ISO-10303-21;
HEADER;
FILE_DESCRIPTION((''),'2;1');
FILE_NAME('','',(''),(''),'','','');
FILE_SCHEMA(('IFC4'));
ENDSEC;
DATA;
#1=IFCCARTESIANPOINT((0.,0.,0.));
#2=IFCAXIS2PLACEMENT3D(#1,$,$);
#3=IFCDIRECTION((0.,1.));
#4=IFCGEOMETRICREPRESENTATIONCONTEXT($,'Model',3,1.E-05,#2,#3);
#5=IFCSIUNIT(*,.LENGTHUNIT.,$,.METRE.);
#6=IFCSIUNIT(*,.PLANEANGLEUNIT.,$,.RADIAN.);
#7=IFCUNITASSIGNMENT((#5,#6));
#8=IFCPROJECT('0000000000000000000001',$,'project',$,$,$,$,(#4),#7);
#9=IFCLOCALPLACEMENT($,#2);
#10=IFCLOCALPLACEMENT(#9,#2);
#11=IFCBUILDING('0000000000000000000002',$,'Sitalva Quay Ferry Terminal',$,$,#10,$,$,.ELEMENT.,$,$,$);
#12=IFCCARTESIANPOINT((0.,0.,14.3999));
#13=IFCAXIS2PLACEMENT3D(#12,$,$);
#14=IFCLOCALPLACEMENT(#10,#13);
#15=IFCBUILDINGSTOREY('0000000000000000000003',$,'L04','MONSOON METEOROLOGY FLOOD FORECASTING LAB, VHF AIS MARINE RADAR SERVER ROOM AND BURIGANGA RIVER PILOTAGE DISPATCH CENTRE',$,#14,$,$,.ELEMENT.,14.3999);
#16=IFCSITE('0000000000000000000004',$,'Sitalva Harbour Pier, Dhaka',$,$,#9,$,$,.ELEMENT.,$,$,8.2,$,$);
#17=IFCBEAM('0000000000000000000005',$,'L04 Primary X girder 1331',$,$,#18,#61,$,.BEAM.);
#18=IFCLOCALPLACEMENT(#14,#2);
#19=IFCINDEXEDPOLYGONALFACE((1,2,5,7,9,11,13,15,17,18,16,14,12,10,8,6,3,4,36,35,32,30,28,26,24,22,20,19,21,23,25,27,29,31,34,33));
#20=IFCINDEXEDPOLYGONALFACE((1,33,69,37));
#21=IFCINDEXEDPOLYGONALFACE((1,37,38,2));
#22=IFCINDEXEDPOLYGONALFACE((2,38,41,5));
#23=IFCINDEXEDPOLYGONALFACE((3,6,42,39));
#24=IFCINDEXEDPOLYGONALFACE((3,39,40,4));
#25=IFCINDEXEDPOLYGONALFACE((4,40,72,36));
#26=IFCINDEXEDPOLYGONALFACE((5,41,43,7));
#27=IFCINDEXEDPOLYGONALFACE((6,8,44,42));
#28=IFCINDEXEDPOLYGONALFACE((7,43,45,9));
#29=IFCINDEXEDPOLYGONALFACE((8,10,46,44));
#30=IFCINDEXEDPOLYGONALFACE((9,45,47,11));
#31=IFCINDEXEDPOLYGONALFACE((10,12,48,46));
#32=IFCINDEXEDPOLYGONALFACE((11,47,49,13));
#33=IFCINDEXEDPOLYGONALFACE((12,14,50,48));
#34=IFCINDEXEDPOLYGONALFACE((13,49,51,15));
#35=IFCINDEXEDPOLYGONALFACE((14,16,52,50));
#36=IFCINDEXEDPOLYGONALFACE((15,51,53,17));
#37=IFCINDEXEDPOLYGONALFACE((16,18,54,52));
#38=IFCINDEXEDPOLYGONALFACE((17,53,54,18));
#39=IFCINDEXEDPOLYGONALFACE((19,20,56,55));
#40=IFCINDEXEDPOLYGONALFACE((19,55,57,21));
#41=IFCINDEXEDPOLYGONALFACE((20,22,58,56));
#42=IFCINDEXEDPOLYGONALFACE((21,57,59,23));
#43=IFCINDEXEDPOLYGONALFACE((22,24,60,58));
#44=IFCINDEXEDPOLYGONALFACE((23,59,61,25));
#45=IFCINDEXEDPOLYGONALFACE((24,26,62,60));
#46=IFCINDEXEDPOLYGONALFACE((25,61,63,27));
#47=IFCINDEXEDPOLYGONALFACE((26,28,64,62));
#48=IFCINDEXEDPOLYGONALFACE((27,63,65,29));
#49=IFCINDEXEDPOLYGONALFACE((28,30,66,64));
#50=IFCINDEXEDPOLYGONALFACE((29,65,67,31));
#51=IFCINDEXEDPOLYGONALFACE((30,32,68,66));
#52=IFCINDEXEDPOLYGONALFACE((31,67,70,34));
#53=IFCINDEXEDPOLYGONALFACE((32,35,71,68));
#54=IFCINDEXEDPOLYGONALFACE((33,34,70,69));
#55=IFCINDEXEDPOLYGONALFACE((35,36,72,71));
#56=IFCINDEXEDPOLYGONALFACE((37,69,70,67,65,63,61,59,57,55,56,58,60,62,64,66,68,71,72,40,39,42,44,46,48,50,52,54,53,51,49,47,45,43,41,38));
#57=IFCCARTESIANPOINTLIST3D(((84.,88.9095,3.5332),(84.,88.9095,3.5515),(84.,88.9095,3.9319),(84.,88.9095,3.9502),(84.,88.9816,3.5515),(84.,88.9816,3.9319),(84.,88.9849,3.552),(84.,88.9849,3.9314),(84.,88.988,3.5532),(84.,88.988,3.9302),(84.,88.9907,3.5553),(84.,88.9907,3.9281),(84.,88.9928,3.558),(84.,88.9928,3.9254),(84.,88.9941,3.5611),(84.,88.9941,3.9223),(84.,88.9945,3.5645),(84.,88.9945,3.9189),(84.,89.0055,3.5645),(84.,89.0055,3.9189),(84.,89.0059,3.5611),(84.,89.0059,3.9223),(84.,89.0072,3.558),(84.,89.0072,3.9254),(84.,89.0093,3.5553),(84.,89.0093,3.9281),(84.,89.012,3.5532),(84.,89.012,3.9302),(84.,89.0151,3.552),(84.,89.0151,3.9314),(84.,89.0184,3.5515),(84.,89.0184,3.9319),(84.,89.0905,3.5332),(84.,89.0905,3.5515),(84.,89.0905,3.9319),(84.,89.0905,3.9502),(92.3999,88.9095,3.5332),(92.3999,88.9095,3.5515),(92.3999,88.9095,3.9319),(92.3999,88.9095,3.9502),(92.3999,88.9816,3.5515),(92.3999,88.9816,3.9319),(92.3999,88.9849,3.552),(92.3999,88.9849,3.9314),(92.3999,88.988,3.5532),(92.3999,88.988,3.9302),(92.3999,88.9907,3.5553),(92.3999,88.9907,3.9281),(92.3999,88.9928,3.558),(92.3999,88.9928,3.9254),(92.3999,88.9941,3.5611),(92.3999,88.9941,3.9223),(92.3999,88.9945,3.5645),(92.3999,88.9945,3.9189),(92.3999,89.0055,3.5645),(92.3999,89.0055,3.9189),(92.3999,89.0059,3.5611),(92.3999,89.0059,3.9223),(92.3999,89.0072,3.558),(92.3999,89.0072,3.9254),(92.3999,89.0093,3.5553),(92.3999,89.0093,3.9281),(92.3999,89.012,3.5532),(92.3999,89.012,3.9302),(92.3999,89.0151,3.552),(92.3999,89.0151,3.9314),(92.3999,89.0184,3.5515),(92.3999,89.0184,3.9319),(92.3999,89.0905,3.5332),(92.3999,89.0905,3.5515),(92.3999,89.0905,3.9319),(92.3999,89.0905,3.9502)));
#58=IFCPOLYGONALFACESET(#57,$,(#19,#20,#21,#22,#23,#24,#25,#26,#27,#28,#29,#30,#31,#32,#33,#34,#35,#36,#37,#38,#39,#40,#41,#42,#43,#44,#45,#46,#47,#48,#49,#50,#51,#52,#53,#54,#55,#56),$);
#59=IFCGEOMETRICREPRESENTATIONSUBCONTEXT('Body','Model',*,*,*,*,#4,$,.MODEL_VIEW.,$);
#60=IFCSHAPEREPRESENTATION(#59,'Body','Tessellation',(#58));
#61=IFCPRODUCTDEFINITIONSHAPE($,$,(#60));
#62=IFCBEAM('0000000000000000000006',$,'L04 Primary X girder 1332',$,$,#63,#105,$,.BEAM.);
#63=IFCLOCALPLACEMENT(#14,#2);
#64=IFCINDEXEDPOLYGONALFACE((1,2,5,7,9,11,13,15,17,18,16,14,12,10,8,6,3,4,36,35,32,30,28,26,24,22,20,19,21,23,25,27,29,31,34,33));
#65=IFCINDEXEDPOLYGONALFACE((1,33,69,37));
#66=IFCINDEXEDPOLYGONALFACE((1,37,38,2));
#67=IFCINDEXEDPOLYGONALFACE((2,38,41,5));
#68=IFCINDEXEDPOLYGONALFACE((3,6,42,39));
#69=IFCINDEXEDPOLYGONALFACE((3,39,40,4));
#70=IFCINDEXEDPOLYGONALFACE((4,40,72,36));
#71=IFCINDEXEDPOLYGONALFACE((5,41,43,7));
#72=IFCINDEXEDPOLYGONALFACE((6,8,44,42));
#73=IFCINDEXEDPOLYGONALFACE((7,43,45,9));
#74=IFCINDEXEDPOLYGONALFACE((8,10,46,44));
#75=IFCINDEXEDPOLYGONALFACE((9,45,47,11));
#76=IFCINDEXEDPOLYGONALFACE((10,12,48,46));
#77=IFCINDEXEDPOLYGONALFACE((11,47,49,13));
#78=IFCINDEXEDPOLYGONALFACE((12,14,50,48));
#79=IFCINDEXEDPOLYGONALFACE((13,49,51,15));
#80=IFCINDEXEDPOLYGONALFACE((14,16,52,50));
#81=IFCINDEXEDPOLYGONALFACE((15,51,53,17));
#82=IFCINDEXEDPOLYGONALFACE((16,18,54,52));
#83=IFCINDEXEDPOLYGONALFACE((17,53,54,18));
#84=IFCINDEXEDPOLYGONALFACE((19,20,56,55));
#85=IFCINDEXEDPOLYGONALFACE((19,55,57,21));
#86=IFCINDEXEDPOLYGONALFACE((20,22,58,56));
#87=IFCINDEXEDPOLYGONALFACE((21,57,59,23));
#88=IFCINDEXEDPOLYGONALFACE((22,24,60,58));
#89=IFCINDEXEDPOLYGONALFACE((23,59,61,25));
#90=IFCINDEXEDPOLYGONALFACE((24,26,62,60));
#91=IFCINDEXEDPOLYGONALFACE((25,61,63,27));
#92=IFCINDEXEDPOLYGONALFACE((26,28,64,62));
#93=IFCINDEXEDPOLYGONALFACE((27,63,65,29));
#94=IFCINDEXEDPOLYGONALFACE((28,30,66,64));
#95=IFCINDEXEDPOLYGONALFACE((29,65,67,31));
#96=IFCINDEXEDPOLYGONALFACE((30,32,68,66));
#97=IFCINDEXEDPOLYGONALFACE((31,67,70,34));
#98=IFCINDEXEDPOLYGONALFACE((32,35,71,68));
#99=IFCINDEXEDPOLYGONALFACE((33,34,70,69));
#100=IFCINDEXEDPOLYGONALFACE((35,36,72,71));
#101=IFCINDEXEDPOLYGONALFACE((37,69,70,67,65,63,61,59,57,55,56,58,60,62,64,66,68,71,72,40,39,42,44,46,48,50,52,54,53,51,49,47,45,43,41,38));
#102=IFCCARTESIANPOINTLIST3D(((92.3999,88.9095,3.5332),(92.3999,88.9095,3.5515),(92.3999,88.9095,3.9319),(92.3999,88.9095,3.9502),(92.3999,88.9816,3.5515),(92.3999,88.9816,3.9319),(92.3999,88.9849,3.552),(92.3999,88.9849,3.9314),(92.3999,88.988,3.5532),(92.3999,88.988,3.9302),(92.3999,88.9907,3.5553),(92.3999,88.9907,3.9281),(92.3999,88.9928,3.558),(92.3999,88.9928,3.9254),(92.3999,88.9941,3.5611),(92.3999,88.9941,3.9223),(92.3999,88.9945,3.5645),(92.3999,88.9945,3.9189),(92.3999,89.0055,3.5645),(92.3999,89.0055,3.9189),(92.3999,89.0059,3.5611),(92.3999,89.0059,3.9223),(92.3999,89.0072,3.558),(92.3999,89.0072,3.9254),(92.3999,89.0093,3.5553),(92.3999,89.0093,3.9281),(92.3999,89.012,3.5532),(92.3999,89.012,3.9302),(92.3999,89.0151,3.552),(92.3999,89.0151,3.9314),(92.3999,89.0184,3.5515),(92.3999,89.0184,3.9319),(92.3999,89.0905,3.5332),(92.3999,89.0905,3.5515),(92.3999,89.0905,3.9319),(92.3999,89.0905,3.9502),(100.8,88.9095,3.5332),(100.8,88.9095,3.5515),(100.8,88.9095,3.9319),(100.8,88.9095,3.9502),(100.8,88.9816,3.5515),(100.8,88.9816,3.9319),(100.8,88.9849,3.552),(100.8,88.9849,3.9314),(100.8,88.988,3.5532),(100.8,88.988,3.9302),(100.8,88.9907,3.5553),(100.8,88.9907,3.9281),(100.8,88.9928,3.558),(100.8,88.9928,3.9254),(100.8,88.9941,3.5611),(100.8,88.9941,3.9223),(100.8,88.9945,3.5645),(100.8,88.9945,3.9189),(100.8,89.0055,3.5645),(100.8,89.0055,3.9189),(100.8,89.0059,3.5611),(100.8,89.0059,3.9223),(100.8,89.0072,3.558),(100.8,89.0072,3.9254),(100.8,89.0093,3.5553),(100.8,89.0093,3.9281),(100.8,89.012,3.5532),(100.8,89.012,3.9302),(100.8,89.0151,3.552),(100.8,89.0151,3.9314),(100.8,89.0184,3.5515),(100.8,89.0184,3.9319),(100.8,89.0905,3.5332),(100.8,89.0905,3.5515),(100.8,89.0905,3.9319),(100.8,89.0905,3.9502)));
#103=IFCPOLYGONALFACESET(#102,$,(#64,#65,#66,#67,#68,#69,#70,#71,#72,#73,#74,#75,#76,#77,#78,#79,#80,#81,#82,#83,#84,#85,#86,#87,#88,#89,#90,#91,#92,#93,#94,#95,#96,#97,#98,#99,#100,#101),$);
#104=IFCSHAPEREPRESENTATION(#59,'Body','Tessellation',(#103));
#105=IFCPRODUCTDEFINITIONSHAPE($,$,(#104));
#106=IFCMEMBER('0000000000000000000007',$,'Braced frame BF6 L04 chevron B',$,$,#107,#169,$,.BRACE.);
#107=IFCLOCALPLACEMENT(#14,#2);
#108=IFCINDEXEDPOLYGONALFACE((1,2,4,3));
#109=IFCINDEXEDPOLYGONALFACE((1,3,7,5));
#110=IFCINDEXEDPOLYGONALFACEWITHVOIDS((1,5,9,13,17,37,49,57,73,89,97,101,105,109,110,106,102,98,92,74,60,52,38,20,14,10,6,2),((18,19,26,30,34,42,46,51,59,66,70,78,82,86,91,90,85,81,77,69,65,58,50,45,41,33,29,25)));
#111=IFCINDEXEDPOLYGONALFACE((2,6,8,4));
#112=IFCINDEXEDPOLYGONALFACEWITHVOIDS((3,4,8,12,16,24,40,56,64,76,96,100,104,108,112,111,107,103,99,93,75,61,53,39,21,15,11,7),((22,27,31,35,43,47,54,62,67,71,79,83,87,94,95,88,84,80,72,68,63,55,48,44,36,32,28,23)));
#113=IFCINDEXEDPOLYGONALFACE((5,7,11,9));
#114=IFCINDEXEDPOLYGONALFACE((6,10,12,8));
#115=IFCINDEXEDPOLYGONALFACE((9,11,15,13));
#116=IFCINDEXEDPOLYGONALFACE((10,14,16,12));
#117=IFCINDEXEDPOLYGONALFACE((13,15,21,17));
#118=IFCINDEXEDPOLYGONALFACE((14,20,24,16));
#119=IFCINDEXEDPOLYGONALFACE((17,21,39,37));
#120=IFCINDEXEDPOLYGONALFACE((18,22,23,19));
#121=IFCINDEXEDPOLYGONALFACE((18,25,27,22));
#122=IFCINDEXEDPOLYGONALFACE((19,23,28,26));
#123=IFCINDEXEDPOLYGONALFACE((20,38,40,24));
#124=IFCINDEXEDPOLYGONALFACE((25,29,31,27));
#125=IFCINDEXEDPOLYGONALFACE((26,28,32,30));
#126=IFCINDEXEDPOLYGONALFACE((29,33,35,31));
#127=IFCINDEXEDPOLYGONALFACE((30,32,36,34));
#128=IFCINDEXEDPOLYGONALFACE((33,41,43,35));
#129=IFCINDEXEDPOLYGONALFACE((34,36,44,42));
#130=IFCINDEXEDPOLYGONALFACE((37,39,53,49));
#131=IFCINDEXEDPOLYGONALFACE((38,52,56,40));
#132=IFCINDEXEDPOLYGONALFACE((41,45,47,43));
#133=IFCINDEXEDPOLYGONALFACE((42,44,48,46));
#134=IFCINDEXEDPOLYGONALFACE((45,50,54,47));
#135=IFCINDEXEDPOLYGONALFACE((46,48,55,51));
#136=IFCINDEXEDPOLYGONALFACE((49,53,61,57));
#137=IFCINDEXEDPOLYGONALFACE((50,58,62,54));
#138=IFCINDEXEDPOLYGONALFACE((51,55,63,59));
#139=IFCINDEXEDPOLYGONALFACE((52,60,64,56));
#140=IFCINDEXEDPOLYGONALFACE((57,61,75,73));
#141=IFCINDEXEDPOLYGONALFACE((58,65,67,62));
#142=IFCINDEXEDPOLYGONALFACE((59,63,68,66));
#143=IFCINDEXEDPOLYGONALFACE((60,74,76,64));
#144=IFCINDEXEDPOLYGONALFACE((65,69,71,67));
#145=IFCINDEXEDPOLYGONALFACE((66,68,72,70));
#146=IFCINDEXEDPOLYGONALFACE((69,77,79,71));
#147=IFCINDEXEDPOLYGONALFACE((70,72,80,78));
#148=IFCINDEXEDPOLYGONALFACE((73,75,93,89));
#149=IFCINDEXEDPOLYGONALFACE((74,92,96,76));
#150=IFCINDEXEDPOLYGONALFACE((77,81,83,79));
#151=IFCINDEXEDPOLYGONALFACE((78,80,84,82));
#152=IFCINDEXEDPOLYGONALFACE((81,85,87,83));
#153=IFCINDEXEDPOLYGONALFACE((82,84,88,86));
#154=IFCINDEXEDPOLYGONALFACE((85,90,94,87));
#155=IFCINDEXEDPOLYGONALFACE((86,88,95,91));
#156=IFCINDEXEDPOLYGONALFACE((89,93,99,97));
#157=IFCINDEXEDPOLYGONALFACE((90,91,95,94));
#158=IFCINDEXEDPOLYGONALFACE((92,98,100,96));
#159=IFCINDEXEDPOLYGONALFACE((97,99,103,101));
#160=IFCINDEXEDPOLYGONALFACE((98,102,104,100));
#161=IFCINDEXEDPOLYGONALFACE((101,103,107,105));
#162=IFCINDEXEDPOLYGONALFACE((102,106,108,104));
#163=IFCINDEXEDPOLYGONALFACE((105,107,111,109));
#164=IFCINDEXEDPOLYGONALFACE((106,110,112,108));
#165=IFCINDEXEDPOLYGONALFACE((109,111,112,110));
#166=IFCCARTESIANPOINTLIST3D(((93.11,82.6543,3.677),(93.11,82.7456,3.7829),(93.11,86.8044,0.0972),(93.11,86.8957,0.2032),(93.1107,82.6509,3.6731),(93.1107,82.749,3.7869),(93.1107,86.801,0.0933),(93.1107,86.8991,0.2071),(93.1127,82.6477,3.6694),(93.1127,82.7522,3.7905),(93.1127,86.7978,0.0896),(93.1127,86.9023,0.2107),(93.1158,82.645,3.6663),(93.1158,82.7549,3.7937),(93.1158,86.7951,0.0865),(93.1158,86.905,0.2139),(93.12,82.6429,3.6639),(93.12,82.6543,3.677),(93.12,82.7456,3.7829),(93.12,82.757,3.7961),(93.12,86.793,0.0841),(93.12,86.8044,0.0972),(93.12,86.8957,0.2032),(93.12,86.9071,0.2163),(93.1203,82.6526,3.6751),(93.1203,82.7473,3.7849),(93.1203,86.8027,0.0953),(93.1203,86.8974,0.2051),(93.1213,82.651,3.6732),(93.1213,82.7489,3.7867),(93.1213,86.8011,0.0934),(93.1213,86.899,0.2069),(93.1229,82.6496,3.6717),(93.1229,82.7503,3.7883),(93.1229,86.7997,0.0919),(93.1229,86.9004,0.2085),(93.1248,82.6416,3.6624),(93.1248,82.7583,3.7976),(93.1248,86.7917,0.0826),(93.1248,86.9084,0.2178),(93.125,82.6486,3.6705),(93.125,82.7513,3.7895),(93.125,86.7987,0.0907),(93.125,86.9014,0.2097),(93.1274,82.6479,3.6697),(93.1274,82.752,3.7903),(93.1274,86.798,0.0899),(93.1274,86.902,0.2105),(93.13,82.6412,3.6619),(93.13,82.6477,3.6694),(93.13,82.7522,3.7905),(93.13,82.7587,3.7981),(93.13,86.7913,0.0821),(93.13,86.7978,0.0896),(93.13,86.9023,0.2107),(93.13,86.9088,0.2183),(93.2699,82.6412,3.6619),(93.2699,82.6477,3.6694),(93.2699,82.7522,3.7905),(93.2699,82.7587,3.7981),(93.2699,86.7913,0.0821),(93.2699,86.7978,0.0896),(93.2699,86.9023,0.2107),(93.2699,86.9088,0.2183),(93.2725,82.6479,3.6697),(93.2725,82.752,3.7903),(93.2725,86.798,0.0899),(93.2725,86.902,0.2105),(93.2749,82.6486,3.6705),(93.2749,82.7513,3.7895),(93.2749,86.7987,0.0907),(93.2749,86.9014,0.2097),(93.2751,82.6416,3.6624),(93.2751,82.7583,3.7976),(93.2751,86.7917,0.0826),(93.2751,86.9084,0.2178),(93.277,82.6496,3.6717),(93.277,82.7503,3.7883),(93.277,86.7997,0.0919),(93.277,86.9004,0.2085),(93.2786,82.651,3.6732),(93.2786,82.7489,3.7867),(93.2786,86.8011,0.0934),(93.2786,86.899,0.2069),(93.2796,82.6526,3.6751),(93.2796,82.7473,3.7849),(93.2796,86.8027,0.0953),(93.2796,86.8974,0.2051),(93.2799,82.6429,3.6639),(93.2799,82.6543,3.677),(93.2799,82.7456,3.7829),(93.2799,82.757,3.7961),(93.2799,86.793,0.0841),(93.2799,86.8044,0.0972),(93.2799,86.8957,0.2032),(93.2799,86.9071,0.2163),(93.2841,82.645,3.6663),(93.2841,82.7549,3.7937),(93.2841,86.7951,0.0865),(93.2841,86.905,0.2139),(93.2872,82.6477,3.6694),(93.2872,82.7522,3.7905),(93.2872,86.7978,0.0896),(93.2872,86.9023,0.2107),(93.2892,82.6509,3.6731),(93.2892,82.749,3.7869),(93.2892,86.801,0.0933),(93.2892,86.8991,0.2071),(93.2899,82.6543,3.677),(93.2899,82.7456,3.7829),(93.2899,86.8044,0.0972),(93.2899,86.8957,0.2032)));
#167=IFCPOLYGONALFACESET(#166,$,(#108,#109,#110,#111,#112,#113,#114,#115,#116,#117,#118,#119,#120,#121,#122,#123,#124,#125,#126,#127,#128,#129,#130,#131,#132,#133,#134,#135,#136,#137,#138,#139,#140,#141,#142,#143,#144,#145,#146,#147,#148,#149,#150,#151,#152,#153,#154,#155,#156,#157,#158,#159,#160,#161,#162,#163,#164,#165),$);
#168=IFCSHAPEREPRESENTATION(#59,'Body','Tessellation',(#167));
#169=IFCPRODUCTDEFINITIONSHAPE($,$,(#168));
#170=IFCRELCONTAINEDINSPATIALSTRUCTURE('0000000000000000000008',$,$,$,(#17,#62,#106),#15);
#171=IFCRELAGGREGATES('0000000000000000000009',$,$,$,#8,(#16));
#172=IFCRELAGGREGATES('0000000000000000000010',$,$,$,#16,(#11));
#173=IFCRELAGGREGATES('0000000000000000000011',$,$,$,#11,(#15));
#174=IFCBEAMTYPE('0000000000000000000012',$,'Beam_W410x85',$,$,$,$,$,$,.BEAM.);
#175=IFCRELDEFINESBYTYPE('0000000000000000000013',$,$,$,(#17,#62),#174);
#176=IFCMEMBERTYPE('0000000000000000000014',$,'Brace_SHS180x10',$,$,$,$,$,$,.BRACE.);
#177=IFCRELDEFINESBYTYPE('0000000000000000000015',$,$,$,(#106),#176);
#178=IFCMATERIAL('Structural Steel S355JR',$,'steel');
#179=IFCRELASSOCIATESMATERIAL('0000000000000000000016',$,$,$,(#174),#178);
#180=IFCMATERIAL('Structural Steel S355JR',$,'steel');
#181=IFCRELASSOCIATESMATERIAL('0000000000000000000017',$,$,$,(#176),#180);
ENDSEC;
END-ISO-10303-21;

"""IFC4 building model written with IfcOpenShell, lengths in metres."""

from ifc_helpers import new_model, si_unit, direction, frame, origin, origin_2d, place, context, subcontext, project, spatial, hollow_rectangle, i_section, extrude, material, material_profile, profile_set, type_object, element, save


model = new_model("IFC4")

# Units and contexts
model_context = context("Model", 3, precision=1e-05, world=origin(), true_north=direction((0.0, 1.0)))
body_context = subcontext(model_context, "Body", "Model", "MODEL_VIEW")
ifc_project = project(units=[si_unit("LENGTHUNIT", "METRE"), si_unit("PLANEANGLEUNIT", "RADIAN")], contexts=[model_context])

# Site, building, storey
site_placement = place(None, origin())
site = spatial("IfcSite", under=ifc_project, at=site_placement, Name="Sitalva Harbour Pier, Dhaka", CompositionType="ELEMENT", RefElevation=8.2)
building_placement = place(site_placement, origin())
building = spatial("IfcBuilding", under=site, at=building_placement, Name="Sitalva Quay Ferry Terminal", CompositionType="ELEMENT")
storey_placement = place(building_placement, frame((0.0, 0.0, 14.3999)))
storey = spatial("IfcBuildingStorey", under=building, at=storey_placement, Name="L04", Description="MONSOON METEOROLOGY FLOOD FORECASTING LAB, VHF AIS MARINE RADAR SERVER ROOM AND BURIGANGA RIVER PILOTAGE DISPATCH CENTRE", CompositionType="ELEMENT", Elevation=14.3999)

# Beams
ifc_material_1 = material(Name="Structural Steel S355JR", Category="steel")
ifc_material_profile_1 = material_profile(ifc_material_1, i_section(OverallWidth=0.1809, OverallDepth=0.417, WebThickness=0.011, FlangeThickness=0.0183, FilletRadius=0.0129, at=origin_2d()), Name="W410x85")
ifc_profile_set_1 = profile_set([ifc_material_profile_1], Name="Structural Steel S355JR")
beam_type_1 = type_object("IfcBeamType", Name="Beam_W410x85", PredefinedType="BEAM", material=ifc_profile_set_1)
beam_1_placement = place(storey_placement, frame((84.0, 89.0, 3.7417), z_axis=(1.0, 0.0, 0.0), x_axis=(0.0, 1.0, 0.0)))
element("IfcBeam", 1, at=beam_1_placement, inside=storey, type_object=beam_type_1, Name="L04 Primary X girder 1331", PredefinedType="BEAM", context=body_context, shape_type="SweptSolid", body=[
    extrude(i_section(OverallWidth=0.1809, OverallDepth=0.417, WebThickness=0.011, FlangeThickness=0.0183, FilletRadius=0.0129, at=origin_2d()), origin(), (0.0, 0.0, 1.0), 8.3999),
])
beam_2_placement = place(storey_placement, frame((92.3999, 89.0, 3.7417), z_axis=(1.0, 0.0, 0.0), x_axis=(0.0, 1.0, 0.0)))
element("IfcBeam", 2, at=beam_2_placement, inside=storey, type_object=beam_type_1, Name="L04 Primary X girder 1332", PredefinedType="BEAM", context=body_context, shape_type="SweptSolid", body=[
    extrude(i_section(OverallWidth=0.1809, OverallDepth=0.417, WebThickness=0.011, FlangeThickness=0.0183, FilletRadius=0.0129, at=origin_2d()), origin(), (0.0, 0.0, 1.0), 8.4001),
])

# Member
ifc_material_2 = material(Name="Structural Steel S355JR", Category="steel")
ifc_material_profile_2 = material_profile(ifc_material_2, hollow_rectangle(XDim=0.1799, YDim=0.1799, WallThickness=0.01, InnerFilletRadius=0.01, OuterFilletRadius=0.02, at=origin_2d()), Name="SHS180x180x10")
ifc_profile_set_2 = profile_set([ifc_material_profile_2], Name="Structural Steel S355JR")
member_type = type_object("IfcMemberType", Name="Brace_SHS180x10", PredefinedType="BRACE", material=ifc_profile_set_2)
member_placement = place(storey_placement, frame((93.2, 82.7, 3.73), z_axis=(0.0, 0.757219, -0.653162), x_axis=(-1.0, 0.0, 0.0)))
element("IfcMember", 3, at=member_placement, inside=storey, type_object=member_type, Name="Braced frame BF6 L04 chevron B", PredefinedType="BRACE", context=body_context, shape_type="SweptSolid", body=[
    extrude(hollow_rectangle(XDim=0.1799, YDim=0.1799, WallThickness=0.01, InnerFilletRadius=0.01, OuterFilletRadius=0.02, at=origin_2d()), origin(), (0.0, 0.0, 1.0), 5.4807),
])

save(model, "model.ifc")
